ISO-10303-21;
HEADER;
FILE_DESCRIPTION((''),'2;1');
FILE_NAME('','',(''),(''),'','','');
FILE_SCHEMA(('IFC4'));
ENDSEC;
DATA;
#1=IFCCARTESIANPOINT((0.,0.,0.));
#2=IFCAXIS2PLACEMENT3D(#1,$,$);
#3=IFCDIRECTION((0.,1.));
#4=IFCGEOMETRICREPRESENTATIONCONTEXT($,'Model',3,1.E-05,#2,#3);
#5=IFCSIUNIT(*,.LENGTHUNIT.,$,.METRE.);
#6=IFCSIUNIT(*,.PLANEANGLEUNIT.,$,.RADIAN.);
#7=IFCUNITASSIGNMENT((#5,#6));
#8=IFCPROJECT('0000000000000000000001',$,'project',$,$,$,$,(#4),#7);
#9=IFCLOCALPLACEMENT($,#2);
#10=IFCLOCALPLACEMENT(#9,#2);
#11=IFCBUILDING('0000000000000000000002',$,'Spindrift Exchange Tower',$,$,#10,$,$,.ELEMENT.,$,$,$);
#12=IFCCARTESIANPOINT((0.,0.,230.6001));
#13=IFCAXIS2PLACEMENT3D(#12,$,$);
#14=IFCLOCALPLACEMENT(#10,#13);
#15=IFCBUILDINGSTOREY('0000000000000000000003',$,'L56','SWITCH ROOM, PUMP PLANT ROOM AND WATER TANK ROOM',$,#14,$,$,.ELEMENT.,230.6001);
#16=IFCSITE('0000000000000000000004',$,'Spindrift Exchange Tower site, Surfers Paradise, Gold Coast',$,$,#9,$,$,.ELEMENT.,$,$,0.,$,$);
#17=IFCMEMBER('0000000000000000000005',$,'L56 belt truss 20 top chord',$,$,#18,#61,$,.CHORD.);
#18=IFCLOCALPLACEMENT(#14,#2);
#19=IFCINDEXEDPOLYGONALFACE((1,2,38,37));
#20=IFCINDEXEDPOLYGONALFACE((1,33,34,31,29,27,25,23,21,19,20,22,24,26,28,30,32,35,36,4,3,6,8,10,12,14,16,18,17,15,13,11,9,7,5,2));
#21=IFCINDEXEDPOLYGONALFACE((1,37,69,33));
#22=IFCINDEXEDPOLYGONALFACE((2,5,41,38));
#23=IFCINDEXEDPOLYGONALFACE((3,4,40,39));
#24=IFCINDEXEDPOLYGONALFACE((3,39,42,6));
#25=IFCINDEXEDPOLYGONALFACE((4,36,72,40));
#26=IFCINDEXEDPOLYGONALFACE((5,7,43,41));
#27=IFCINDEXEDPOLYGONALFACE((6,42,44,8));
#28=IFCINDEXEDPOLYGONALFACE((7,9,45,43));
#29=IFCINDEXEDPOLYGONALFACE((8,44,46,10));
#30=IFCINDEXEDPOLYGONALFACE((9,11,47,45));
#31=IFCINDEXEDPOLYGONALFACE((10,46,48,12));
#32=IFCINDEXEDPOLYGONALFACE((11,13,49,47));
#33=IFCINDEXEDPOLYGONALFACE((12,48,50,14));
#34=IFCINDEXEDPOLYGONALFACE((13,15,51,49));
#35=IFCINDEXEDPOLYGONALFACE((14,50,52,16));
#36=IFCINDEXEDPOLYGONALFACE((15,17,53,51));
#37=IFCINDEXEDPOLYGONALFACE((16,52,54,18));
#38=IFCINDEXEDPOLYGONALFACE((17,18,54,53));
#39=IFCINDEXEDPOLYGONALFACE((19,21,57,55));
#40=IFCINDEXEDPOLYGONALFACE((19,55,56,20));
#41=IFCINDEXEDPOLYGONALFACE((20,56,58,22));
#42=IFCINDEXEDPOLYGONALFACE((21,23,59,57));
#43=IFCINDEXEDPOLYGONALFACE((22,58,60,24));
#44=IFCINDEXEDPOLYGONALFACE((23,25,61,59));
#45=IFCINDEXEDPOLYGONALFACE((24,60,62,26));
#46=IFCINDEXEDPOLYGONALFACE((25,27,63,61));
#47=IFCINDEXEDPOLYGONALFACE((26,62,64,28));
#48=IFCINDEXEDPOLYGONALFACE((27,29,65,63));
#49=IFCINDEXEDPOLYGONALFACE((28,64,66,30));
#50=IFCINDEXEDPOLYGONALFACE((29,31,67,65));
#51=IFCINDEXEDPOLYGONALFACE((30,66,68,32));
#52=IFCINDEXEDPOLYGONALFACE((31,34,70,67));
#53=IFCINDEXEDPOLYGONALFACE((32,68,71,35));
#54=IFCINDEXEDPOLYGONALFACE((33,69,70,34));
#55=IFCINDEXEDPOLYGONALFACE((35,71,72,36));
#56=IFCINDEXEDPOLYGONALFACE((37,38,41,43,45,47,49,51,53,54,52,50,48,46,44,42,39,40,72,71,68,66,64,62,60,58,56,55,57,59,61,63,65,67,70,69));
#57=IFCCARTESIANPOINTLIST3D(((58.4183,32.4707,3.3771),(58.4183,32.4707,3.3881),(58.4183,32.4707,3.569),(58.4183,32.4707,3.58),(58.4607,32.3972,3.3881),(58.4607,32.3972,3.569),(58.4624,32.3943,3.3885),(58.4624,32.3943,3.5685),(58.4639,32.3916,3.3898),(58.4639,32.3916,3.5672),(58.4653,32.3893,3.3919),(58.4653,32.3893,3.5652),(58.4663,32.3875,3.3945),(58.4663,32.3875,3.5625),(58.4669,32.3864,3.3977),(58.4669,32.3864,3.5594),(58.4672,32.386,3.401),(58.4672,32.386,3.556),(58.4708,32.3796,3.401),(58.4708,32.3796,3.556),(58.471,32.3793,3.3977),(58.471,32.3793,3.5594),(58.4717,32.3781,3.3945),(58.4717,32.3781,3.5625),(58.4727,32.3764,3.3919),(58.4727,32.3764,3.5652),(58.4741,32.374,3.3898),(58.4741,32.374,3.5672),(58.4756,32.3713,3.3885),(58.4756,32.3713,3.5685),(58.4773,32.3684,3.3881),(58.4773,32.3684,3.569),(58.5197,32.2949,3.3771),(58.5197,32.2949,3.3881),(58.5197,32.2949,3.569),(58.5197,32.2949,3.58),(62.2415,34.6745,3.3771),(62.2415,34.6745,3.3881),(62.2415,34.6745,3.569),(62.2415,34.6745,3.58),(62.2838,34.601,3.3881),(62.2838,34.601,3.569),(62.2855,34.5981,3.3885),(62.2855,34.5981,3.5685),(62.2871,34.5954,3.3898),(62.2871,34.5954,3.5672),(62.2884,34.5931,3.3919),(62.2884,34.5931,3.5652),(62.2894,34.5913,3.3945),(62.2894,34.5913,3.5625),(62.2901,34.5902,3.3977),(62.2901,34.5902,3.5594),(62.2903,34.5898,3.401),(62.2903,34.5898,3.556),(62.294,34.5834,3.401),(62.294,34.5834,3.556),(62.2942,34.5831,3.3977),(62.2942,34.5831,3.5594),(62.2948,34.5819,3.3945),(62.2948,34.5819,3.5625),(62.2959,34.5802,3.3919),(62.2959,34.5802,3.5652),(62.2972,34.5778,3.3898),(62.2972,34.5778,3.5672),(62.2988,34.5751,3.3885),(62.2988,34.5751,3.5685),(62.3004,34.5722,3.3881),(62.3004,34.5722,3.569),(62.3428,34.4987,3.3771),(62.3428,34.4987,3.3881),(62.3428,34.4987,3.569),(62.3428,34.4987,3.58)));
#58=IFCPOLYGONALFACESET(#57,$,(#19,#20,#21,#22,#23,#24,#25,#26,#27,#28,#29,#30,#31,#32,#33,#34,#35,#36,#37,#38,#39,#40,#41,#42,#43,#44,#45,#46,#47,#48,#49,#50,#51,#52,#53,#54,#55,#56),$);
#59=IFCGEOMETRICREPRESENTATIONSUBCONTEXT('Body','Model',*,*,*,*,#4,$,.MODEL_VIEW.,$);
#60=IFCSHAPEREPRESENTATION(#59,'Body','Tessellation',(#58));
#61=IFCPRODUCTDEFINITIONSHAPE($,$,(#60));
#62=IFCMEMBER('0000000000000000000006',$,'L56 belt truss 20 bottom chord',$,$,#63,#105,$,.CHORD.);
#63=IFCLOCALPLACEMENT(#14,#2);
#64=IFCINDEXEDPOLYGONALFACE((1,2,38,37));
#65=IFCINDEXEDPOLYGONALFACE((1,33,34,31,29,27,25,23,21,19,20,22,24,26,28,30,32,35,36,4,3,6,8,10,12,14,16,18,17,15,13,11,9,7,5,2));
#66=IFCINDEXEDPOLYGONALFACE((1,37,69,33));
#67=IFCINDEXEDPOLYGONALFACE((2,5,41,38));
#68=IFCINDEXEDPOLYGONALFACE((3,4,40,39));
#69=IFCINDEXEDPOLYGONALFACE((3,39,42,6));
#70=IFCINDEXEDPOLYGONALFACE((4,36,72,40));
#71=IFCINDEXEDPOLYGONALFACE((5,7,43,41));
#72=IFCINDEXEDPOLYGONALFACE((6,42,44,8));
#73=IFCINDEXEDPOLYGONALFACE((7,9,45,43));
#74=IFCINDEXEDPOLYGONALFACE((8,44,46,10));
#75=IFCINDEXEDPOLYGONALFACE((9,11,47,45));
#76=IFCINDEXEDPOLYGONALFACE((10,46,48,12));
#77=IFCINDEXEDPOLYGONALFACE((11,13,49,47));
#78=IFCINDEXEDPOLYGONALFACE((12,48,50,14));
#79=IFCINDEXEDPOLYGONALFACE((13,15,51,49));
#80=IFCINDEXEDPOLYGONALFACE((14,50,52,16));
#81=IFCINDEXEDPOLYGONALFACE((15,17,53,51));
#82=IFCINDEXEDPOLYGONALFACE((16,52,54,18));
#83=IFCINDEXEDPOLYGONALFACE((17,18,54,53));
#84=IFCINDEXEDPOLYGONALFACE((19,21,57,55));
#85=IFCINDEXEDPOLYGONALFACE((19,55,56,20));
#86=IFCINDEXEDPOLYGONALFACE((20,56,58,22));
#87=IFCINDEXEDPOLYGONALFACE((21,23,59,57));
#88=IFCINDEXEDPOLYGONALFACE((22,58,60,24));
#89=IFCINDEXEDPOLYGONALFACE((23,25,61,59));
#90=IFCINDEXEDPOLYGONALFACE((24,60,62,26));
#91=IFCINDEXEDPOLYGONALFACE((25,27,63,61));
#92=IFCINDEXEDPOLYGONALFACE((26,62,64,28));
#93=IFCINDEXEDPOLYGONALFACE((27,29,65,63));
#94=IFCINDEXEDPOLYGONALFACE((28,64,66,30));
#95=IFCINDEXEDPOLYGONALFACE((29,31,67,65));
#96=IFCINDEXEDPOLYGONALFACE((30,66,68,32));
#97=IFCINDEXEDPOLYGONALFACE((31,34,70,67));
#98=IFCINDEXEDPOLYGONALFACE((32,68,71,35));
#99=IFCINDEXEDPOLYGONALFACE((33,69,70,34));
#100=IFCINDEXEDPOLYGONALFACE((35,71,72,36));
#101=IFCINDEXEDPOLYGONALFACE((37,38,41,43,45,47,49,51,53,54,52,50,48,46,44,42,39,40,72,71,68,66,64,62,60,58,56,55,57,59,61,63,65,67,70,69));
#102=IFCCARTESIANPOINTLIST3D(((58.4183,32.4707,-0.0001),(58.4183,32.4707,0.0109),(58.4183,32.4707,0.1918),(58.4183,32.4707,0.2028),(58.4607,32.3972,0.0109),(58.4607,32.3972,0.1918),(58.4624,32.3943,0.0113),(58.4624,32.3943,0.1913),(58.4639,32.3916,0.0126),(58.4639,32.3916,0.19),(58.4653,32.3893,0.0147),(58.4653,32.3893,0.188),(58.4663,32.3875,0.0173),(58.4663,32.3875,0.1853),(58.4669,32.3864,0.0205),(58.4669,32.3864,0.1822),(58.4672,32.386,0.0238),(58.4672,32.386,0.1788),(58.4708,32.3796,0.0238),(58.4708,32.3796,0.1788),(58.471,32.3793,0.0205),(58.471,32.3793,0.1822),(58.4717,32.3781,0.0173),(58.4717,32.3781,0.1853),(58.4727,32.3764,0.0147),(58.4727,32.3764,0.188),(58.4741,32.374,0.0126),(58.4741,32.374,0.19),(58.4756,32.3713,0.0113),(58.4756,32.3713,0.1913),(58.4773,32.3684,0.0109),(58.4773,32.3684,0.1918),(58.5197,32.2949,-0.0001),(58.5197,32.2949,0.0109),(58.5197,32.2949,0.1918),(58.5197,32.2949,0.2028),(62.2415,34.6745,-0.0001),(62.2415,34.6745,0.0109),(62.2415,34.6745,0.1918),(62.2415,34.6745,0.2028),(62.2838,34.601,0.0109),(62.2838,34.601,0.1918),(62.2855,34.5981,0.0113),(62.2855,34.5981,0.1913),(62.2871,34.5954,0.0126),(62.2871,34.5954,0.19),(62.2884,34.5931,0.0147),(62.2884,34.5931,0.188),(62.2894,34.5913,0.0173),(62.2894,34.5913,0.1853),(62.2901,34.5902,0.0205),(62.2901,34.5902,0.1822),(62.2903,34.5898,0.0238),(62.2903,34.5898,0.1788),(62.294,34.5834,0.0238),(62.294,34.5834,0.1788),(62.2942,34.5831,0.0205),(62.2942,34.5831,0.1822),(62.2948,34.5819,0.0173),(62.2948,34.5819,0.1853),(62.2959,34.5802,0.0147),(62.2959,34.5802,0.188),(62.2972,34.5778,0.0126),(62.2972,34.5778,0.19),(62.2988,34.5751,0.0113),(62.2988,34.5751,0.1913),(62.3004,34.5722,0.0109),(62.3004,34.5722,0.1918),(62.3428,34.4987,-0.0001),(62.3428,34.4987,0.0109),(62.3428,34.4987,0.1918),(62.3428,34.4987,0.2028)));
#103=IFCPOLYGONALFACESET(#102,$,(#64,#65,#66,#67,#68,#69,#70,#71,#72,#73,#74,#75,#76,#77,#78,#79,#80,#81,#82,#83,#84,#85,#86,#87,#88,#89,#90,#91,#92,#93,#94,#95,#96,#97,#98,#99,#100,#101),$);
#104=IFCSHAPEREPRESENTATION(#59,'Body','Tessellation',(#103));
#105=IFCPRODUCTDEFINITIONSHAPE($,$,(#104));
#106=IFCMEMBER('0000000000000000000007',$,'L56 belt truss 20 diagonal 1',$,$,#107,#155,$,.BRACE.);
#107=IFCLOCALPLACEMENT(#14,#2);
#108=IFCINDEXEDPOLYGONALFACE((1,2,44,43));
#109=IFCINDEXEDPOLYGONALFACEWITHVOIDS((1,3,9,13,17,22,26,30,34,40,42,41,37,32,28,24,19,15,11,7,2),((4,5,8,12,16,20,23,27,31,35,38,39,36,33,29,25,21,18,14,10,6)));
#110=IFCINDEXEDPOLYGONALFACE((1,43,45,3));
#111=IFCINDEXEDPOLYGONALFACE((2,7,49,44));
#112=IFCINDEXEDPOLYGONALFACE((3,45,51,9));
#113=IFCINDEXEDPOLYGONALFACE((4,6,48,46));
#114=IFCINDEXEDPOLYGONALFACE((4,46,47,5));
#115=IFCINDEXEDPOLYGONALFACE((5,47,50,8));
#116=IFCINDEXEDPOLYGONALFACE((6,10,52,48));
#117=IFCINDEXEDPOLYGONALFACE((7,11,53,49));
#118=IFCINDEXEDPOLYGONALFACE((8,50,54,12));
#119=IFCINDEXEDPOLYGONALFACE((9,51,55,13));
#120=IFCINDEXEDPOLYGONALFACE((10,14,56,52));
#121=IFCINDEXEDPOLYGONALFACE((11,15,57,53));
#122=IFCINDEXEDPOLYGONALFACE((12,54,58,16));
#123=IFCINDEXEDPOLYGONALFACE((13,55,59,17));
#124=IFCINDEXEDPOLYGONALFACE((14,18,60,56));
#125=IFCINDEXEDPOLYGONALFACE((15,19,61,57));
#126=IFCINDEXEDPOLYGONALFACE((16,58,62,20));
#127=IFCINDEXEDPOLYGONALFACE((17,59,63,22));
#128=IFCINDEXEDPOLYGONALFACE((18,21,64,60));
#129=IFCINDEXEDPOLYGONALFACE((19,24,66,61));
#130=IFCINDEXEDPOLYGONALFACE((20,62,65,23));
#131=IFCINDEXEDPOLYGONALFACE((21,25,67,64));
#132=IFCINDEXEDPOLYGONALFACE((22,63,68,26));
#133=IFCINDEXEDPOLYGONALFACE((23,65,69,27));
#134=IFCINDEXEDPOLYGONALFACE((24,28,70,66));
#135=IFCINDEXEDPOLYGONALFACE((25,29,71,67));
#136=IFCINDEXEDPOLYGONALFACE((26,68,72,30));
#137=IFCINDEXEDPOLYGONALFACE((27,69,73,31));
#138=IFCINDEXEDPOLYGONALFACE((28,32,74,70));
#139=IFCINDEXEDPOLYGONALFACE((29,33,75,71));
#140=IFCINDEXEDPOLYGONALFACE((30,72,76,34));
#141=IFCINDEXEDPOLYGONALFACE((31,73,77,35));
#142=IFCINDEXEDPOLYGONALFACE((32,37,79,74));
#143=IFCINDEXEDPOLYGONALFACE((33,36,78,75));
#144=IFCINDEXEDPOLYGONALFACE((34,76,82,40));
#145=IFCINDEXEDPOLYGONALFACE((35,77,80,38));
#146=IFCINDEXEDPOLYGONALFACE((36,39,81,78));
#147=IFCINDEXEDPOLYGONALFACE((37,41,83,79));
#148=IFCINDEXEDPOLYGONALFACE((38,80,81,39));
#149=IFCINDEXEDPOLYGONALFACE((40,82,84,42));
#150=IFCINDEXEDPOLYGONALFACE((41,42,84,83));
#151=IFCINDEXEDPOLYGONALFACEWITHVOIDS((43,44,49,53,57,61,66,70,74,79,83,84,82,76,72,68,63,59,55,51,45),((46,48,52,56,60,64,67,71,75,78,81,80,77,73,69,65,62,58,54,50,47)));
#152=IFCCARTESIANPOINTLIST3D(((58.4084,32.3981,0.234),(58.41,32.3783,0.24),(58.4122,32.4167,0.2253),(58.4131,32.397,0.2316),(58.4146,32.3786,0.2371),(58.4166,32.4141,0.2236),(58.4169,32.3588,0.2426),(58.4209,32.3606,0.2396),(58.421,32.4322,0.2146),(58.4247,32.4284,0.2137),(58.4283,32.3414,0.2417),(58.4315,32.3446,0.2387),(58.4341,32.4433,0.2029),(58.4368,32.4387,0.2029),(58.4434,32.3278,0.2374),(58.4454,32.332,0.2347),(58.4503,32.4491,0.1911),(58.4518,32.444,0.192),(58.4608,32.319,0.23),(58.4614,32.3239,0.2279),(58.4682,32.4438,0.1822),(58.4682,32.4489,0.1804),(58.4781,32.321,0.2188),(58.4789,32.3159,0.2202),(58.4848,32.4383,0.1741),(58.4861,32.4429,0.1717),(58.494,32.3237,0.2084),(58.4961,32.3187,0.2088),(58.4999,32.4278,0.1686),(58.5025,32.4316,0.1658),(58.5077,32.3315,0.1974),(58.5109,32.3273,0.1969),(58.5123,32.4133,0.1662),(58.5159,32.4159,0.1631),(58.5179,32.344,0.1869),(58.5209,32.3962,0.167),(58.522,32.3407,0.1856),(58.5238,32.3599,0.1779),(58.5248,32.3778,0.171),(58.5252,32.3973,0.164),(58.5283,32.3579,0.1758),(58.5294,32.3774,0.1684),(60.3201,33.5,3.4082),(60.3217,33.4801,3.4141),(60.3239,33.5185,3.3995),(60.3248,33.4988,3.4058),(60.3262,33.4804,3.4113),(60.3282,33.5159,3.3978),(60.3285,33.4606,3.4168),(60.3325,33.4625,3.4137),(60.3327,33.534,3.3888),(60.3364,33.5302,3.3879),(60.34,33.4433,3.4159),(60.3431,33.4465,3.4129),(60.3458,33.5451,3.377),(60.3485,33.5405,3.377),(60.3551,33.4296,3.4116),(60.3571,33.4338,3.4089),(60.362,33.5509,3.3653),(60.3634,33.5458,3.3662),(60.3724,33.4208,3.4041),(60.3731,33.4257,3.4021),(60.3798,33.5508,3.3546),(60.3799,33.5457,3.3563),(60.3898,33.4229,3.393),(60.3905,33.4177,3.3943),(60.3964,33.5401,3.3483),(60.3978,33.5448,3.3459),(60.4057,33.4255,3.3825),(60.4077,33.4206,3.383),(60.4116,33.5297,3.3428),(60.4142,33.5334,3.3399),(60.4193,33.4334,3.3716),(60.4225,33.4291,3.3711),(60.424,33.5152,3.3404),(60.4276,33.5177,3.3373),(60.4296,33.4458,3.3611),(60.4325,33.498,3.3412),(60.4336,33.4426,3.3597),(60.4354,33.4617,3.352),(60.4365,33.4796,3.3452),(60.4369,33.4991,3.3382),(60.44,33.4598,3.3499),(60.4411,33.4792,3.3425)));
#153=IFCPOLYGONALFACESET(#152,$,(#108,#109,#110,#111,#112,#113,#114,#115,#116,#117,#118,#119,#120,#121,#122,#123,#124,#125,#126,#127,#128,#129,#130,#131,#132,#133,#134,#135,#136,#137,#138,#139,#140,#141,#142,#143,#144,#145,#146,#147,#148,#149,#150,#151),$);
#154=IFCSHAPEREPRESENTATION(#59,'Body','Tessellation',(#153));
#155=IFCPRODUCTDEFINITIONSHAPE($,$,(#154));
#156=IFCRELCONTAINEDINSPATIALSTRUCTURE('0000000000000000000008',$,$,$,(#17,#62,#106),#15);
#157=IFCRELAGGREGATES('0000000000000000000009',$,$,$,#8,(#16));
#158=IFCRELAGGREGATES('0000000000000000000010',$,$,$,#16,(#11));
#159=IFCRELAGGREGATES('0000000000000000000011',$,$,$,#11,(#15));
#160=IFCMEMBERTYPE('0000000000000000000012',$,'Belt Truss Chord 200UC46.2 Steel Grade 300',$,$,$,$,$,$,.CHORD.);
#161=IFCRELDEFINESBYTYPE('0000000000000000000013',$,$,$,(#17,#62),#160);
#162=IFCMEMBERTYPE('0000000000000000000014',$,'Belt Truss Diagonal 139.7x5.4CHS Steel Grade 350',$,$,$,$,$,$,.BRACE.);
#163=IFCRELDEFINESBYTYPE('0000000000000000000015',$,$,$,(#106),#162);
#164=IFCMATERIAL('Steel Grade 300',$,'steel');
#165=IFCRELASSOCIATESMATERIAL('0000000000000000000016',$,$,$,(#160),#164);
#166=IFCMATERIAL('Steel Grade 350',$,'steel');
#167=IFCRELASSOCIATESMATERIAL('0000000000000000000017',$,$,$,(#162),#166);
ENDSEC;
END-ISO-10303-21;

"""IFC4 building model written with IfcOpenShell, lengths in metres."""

from ifc_helpers import new_model, si_unit, direction, frame, origin, origin_2d, place, context, subcontext, project, spatial, hollow_circle, i_section, extrude, source, transform, mapped, material, material_profile, profile_set, type_object, element, save


model = new_model("IFC4")

# Units and contexts
model_context = context("Model", 3, precision=1e-05, world=origin(), true_north=direction((0.0, 1.0)))
body_context = subcontext(model_context, "Body", "Model", "MODEL_VIEW")
ifc_project = project(units=[si_unit("LENGTHUNIT", "METRE"), si_unit("PLANEANGLEUNIT", "RADIAN")], contexts=[model_context])

# Site, building, storey
site_placement = place(None, origin())
site = spatial("IfcSite", under=ifc_project, at=site_placement, Name="Spindrift Exchange Tower site, Surfers Paradise, Gold Coast", CompositionType="ELEMENT", RefElevation=0.0)
building_placement = place(site_placement, origin())
building = spatial("IfcBuilding", under=site, at=building_placement, Name="Spindrift Exchange Tower", CompositionType="ELEMENT")
storey_placement = place(building_placement, frame((0.0, 0.0, 230.6001)))
storey = spatial("IfcBuildingStorey", under=building, at=storey_placement, Name="L56", Description="SWITCH ROOM, PUMP PLANT ROOM AND WATER TANK ROOM", CompositionType="ELEMENT", Elevation=230.6001)

# Members
ifc_material_1 = material(Name="Steel Grade 300", Category="steel")
ifc_material_profile_1 = material_profile(ifc_material_1, i_section(OverallWidth=0.2029, OverallDepth=0.2029, WebThickness=0.0073, FlangeThickness=0.011, FilletRadius=0.0129, at=origin_2d()), Name="200UC46.2")
ifc_profile_set_1 = profile_set([ifc_material_profile_1], Name="Steel Grade 300")
member_type_1 = type_object("IfcMemberType", Name="Belt Truss Chord 200UC46.2 Steel Grade 300", PredefinedType="CHORD", material=ifc_profile_set_1)
ifc_material_2 = material(Name="Steel Grade 350", Category="steel")
ifc_material_profile_2 = material_profile(ifc_material_2, hollow_circle(Radius=0.0698, WallThickness=0.0054, at=origin_2d()), Name="139.7x5.4CHS")
ifc_profile_set_2 = profile_set([ifc_material_profile_2], Name="Steel Grade 350")
member_type_2 = type_object("IfcMemberType", Name="Belt Truss Diagonal 139.7x5.4CHS Steel Grade 350", PredefinedType="BRACE", material=ifc_profile_set_2)
shared_shape_1 = source(origin(), body_context, "Body", "SweptSolid", [
    extrude(i_section(OverallWidth=0.2029, OverallDepth=0.2029, WebThickness=0.0073, FlangeThickness=0.011, FilletRadius=0.0129, at=origin_2d()), origin(), (0.0, 0.0, 1.0), 4.4128),
])
for number, where, z_axis, x_axis, name in (
    (1, (58.469, 32.3828, 3.4785), (0.866368, 0.499406, 0.0), (-0.499406, 0.866368, 0.0), "L56 belt truss 20 top chord"),
    (2, (58.469, 32.3828, 0.1013), (0.866368, 0.499406, 0.0), (-0.499406, 0.866368, 0.0), "L56 belt truss 20 bottom chord"),
):
    element("IfcMember", number, at=place(storey_placement, frame(where, z_axis=z_axis, x_axis=x_axis)), inside=storey, type_object=member_type_1, Name=name, PredefinedType="CHORD", context=body_context, shape_type="MappedRepresentation", body=[
        mapped(shared_shape_1, transform((0.0, 0.0, 0.0), scale=1.0)),
    ])
shared_shape_2 = source(origin(), body_context, "Body", "SweptSolid", [
    extrude(hollow_circle(Radius=0.0698, WallThickness=0.0054, at=origin_2d()), origin(), (0.0, 0.0, 1.0), 3.8657),
])
for number, where, z_axis, x_axis, name in (
    (3, (58.469, 32.3828, 0.2029), (0.494519, 0.285027, 0.821103), (-0.499365, 0.866392, 0.0), "L56 belt truss 20 diagonal 1"),
):
    element("IfcMember", number, at=place(storey_placement, frame(where, z_axis=z_axis, x_axis=x_axis)), inside=storey, type_object=member_type_2, Name=name, PredefinedType="BRACE", context=body_context, shape_type="MappedRepresentation", body=[
        mapped(shared_shape_2, transform((0.0, 0.0, 0.0), scale=1.0)),
    ])

save(model, "model.ifc")
